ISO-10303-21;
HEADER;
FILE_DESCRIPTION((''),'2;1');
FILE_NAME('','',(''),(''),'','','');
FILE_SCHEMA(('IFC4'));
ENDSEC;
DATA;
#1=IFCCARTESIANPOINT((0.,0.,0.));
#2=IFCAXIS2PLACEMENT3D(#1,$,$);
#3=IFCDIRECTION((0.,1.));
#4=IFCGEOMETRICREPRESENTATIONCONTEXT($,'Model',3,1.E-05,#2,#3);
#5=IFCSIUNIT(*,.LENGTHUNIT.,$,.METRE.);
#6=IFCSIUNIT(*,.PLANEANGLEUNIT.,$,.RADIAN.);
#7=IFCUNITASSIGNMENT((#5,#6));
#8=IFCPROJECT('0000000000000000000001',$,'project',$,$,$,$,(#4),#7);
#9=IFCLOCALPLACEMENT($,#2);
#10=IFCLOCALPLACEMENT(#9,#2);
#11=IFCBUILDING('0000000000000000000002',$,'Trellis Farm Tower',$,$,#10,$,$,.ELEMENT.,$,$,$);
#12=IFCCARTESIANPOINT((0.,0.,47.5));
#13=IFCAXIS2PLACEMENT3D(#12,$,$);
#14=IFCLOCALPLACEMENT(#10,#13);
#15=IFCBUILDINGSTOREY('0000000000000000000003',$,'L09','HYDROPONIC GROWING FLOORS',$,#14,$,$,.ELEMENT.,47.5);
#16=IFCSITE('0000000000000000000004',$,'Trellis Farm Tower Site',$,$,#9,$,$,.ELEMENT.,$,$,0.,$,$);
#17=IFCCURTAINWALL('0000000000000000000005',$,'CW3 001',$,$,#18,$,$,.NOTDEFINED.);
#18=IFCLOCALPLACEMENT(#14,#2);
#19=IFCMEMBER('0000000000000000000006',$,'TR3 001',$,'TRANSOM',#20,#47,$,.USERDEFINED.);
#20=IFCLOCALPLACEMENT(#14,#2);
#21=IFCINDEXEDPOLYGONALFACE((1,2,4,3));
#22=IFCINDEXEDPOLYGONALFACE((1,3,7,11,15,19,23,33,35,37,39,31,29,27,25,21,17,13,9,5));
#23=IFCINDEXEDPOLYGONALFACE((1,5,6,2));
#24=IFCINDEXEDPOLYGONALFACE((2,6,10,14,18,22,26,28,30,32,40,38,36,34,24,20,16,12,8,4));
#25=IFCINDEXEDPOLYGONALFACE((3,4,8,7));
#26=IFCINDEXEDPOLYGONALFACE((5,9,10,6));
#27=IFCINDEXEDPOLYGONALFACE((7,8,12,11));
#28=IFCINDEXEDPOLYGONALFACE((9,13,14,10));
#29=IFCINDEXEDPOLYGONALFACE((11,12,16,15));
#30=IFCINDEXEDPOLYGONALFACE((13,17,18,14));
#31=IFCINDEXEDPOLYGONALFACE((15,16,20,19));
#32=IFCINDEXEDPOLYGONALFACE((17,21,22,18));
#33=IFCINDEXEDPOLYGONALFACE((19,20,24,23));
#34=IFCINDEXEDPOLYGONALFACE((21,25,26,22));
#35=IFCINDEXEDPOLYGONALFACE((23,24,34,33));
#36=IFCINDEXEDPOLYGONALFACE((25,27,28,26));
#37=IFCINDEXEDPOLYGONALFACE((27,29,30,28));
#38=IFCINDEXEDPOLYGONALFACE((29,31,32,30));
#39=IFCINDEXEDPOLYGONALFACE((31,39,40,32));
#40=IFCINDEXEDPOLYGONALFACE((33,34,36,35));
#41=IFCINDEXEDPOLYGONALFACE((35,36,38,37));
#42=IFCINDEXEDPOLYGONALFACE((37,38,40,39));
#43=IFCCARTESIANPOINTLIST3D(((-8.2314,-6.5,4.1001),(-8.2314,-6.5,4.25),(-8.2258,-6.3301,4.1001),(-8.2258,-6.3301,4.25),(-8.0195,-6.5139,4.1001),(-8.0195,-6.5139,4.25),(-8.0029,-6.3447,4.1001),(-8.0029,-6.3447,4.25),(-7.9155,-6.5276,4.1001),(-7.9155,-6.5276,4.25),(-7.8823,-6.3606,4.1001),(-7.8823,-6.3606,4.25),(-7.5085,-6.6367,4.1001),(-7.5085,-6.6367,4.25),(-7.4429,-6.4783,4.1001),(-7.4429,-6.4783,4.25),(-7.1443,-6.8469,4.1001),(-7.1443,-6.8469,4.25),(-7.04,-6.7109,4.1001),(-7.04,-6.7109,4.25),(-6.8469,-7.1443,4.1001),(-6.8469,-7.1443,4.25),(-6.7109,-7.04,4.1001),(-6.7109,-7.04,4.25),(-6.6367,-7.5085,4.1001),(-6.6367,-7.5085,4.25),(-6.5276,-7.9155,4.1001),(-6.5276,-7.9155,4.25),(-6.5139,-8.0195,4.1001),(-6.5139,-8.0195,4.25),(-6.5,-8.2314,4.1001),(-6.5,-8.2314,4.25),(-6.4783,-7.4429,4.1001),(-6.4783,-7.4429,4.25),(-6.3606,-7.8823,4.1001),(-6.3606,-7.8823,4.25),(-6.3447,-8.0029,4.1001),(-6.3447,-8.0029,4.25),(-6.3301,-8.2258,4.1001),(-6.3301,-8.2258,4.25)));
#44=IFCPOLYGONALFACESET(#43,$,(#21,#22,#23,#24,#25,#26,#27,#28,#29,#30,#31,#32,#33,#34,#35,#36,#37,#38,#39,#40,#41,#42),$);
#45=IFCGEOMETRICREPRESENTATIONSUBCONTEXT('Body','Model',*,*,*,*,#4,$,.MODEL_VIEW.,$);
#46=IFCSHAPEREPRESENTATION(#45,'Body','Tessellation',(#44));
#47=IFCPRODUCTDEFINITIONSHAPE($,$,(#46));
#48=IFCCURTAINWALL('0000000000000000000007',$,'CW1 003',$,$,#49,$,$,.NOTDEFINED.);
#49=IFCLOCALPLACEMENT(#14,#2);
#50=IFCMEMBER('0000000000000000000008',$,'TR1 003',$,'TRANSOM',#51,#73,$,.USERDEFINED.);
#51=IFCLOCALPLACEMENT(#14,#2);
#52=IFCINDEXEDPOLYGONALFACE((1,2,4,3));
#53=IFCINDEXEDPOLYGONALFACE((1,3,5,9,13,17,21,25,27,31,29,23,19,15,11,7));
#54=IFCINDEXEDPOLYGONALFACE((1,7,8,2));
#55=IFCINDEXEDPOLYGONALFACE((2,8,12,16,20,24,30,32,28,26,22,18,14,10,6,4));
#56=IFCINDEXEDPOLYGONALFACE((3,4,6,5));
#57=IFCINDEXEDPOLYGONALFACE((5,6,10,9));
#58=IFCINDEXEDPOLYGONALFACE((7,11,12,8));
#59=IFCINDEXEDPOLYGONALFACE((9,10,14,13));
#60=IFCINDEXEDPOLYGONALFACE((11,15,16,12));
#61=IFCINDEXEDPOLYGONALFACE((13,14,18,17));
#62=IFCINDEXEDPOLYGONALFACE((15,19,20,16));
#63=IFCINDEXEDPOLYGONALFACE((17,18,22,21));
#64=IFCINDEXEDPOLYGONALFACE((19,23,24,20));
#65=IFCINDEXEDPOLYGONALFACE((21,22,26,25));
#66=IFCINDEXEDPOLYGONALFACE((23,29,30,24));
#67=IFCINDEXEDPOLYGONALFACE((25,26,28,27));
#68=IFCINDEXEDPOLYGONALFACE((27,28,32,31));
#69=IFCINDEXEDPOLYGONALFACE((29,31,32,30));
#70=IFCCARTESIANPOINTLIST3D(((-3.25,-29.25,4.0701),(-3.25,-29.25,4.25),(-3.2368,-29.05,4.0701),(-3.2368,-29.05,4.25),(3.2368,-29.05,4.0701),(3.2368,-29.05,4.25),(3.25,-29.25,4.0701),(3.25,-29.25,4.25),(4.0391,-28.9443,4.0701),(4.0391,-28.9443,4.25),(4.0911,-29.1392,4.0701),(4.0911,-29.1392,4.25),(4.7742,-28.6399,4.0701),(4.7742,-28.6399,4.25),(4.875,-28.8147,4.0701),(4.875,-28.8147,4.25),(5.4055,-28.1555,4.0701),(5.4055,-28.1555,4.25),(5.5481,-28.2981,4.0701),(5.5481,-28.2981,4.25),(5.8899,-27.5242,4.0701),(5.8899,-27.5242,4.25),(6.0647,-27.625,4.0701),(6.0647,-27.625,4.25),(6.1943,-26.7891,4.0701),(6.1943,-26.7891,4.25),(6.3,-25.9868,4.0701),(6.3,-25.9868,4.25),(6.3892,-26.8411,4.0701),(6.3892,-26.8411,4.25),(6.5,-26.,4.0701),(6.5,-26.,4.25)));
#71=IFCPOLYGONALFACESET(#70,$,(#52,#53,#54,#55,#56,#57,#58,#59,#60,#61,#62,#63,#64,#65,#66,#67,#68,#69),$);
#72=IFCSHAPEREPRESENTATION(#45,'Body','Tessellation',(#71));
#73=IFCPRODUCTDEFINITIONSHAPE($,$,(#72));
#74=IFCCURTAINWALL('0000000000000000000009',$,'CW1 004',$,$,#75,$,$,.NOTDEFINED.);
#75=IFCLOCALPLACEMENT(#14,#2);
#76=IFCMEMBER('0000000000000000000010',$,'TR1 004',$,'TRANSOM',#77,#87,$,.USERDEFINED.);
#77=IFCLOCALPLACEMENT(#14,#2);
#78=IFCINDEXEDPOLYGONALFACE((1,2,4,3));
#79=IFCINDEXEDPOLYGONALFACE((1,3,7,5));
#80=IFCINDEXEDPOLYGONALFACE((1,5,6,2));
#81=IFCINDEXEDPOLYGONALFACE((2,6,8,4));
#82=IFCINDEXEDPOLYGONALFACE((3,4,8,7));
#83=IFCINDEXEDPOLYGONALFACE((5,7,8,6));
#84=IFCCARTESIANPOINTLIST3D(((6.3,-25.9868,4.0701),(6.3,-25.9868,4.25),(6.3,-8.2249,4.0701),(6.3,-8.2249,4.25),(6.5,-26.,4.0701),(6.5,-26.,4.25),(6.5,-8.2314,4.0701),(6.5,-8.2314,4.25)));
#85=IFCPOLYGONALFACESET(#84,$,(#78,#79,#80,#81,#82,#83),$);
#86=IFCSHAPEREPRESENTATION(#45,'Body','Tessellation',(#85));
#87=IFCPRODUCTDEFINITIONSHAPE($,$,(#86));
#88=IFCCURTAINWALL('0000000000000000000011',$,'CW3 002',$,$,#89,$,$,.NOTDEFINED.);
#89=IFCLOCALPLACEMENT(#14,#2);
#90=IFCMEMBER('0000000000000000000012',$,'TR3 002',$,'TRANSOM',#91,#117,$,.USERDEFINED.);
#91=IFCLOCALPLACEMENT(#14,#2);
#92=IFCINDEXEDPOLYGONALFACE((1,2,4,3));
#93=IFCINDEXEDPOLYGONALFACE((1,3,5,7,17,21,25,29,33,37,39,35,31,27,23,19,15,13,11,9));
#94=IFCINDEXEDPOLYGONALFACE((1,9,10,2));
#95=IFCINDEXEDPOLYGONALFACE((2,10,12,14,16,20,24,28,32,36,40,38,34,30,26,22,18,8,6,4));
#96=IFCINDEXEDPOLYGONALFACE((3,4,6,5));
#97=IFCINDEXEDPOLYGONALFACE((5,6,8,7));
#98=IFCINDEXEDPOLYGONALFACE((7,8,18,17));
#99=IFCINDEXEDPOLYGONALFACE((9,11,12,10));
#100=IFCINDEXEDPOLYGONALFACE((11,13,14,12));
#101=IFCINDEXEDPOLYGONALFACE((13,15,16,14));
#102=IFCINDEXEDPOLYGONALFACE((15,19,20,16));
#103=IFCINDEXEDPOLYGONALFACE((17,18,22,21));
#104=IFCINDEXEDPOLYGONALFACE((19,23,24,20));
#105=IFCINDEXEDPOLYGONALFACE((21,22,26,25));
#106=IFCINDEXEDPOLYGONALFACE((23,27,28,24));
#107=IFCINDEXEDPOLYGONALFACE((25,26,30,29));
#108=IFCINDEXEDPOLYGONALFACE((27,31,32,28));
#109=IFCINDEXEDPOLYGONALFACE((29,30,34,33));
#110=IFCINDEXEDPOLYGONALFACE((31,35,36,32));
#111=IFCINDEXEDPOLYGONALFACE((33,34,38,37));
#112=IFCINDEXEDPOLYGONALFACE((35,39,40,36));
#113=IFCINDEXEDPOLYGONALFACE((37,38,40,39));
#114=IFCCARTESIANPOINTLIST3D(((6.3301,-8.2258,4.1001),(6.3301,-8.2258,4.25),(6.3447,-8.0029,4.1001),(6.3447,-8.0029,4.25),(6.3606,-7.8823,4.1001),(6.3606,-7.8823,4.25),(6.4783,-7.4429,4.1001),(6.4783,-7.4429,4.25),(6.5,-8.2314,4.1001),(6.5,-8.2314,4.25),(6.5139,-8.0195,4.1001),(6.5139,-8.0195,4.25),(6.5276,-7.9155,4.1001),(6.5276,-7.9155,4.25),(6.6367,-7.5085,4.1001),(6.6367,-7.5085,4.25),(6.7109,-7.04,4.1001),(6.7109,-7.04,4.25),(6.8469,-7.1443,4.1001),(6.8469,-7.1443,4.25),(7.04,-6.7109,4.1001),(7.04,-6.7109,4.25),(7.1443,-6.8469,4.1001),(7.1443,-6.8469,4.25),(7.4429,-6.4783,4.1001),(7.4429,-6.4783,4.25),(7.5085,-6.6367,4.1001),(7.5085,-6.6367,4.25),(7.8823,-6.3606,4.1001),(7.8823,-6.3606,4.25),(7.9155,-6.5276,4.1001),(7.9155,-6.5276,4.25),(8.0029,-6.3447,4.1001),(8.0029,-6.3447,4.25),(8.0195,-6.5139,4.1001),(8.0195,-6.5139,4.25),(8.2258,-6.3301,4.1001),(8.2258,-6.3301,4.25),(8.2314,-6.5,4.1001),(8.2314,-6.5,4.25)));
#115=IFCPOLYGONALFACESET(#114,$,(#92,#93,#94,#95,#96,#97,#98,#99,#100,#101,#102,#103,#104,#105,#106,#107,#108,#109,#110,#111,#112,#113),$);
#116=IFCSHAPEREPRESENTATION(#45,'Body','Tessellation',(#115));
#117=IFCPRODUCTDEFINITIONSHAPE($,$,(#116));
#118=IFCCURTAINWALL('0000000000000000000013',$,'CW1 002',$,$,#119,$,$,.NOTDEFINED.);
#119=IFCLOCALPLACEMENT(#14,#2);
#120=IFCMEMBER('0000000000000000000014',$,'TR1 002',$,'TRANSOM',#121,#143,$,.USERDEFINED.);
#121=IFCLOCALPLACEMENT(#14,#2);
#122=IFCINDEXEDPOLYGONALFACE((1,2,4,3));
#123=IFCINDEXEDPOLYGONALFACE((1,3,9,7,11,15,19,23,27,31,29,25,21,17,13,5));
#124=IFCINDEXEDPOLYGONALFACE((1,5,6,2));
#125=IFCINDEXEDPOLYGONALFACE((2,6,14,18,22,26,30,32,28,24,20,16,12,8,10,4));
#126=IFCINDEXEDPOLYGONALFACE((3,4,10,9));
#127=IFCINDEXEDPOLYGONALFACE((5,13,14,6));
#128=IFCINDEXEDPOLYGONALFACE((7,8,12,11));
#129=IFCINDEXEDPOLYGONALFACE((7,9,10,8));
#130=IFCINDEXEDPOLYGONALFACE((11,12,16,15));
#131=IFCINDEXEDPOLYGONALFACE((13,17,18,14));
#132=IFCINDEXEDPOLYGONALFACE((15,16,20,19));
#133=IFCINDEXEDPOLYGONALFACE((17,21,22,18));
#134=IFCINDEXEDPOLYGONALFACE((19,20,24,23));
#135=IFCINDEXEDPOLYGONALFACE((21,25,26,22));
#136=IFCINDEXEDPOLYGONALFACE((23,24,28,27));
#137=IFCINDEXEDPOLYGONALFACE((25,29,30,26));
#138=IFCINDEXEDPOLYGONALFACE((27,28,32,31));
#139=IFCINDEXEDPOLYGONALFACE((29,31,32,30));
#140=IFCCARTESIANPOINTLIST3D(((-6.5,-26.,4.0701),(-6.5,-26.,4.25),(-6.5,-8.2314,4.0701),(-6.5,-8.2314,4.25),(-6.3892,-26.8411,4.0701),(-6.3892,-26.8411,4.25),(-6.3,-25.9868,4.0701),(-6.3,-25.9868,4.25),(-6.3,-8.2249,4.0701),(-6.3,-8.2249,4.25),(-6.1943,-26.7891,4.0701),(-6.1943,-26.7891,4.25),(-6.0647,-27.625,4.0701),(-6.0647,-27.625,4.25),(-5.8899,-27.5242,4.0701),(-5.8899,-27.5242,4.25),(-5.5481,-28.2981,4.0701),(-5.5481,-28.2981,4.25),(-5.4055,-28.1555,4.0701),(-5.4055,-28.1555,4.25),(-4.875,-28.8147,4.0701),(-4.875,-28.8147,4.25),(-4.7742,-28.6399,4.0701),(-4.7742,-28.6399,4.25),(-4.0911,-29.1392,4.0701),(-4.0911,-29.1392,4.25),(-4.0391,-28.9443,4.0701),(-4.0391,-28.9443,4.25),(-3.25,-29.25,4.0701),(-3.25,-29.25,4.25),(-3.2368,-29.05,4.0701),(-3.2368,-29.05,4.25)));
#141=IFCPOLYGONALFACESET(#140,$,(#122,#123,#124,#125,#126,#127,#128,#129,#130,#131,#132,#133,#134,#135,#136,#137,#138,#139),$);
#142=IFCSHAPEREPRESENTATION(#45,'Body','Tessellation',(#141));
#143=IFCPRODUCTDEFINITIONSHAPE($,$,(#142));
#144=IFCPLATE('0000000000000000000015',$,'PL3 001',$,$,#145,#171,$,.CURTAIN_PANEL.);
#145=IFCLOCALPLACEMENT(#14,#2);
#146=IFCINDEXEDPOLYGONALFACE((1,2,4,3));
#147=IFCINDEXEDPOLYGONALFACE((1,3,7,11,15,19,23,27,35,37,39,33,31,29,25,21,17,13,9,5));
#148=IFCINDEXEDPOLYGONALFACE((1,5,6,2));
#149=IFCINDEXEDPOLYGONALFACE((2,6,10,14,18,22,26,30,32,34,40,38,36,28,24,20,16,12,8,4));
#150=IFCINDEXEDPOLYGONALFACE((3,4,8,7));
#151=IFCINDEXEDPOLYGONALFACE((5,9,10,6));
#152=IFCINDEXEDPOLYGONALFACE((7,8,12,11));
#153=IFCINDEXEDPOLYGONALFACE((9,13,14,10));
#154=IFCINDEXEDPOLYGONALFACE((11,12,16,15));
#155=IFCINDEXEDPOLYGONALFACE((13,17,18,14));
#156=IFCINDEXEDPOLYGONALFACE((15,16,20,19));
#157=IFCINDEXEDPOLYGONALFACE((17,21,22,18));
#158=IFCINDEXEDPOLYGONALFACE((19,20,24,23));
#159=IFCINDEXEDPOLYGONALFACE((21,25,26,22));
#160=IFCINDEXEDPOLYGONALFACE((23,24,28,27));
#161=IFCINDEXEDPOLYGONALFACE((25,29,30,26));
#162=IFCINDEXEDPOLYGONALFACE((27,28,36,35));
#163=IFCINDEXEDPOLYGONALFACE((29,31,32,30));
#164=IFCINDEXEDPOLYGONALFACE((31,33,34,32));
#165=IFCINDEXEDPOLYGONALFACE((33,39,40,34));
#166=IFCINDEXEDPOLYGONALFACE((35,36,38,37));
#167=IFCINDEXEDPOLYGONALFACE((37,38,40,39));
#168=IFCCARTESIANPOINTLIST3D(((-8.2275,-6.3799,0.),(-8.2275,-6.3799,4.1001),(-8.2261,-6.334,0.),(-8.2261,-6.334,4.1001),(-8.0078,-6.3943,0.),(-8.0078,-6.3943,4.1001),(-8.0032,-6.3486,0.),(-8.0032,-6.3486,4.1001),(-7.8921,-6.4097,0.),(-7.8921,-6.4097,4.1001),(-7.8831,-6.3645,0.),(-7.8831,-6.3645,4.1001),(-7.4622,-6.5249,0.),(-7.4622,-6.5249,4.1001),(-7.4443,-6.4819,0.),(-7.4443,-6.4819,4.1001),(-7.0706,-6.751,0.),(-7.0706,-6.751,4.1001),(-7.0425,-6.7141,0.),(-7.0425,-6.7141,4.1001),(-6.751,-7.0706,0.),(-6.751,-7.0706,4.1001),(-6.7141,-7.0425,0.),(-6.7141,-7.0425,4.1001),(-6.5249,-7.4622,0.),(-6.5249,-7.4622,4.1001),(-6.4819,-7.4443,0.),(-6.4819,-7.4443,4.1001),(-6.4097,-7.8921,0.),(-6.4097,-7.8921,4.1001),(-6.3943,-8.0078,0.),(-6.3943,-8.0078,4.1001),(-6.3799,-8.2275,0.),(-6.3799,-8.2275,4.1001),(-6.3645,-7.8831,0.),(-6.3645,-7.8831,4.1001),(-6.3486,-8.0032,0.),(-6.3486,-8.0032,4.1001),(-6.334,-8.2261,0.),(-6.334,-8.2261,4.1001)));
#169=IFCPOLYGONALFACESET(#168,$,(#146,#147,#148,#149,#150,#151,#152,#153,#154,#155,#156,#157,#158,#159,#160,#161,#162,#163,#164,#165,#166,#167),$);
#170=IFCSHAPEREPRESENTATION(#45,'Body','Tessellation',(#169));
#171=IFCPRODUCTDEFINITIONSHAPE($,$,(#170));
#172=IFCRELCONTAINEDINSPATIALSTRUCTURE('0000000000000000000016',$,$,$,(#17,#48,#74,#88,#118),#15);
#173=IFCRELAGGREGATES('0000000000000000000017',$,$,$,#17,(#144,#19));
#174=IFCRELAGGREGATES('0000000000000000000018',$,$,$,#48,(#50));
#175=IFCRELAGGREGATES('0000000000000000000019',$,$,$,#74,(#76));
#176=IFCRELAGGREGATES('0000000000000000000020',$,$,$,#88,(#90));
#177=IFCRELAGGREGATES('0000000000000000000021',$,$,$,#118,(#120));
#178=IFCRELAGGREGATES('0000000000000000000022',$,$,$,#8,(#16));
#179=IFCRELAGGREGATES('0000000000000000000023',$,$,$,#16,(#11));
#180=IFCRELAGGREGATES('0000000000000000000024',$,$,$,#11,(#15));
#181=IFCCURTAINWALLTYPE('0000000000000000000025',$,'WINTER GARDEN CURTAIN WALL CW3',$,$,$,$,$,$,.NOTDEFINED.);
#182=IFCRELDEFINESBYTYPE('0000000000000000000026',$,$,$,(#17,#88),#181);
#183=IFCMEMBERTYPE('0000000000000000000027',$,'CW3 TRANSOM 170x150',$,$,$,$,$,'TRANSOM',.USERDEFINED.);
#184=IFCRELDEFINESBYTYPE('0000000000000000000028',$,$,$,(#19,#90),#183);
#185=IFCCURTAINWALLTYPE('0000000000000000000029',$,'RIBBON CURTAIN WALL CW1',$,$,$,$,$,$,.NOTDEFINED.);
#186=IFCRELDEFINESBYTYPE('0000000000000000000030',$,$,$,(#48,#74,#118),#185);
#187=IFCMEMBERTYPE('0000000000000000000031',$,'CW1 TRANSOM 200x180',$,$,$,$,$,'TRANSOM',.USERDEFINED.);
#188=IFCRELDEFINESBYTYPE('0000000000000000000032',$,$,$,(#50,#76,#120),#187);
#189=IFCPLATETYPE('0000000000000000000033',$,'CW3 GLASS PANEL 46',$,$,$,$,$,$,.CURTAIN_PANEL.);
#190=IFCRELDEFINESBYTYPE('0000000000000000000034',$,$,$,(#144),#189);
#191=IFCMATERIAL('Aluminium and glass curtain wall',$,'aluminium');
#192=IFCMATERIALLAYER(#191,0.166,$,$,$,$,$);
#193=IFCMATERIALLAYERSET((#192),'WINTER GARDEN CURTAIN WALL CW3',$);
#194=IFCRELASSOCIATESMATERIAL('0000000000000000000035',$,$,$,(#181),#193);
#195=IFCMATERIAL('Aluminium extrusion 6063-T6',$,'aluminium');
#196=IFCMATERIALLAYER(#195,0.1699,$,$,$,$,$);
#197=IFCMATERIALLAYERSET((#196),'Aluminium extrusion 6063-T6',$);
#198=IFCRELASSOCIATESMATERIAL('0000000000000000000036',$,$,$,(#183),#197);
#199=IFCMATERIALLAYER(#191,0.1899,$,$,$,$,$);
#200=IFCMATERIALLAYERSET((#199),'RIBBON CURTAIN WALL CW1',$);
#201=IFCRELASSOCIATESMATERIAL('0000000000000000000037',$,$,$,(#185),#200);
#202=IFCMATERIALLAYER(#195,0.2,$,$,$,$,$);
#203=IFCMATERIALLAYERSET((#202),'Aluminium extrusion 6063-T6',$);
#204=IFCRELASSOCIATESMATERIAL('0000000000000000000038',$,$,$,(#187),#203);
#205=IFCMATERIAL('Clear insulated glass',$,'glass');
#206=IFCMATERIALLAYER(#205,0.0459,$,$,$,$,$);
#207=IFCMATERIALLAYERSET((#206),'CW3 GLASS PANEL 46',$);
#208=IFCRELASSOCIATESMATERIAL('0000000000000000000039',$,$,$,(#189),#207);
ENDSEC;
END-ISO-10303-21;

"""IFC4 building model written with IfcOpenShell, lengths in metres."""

from ifc_helpers import new_model, si_unit, direction, frame, origin, place, context, subcontext, project, spatial, polyline, outline, extrude, source, transform, mapped, material, layer, layer_set, type_object, element, aggregate, save


model = new_model("IFC4")

# Units and contexts
model_context = context("Model", 3, precision=1e-05, world=origin(), true_north=direction((0.0, 1.0)))
body_context = subcontext(model_context, "Body", "Model", "MODEL_VIEW")
ifc_project = project(units=[si_unit("LENGTHUNIT", "METRE"), si_unit("PLANEANGLEUNIT", "RADIAN")], contexts=[model_context])

# Site, building, storey
site_placement = place(None, origin())
site = spatial("IfcSite", under=ifc_project, at=site_placement, Name="Trellis Farm Tower Site", CompositionType="ELEMENT", RefElevation=0.0)
building_placement = place(site_placement, origin())
building = spatial("IfcBuilding", under=site, at=building_placement, Name="Trellis Farm Tower", CompositionType="ELEMENT")
storey_placement = place(building_placement, frame((0.0, 0.0, 47.5)))
storey = spatial("IfcBuildingStorey", under=building, at=storey_placement, Name="L09", Description="HYDROPONIC GROWING FLOORS", CompositionType="ELEMENT", Elevation=47.5)

# Curtain walls, members
ifc_material_1 = material(Name="Aluminium and glass curtain wall", Category="aluminium")
ifc_layer_1 = layer(ifc_material_1, 0.166)
ifc_layer_set_1 = layer_set([ifc_layer_1], Name="WINTER GARDEN CURTAIN WALL CW3")
curtain_wall_type_1 = type_object("IfcCurtainWallType", Name="WINTER GARDEN CURTAIN WALL CW3", PredefinedType="NOTDEFINED", material=ifc_layer_set_1)
placement_1 = place(storey_placement, origin())
curtain_wall_1 = element("IfcCurtainWall", 1, at=placement_1, inside=storey, type_object=curtain_wall_type_1, Name="CW3 001", PredefinedType="NOTDEFINED")
ifc_material_2 = material(Name="Aluminium extrusion 6063-T6", Category="aluminium")
ifc_layer_2 = layer(ifc_material_2, 0.1699)
ifc_layer_set_2 = layer_set([ifc_layer_2], Name="Aluminium extrusion 6063-T6")
member_type_1 = type_object("IfcMemberType", Name="CW3 TRANSOM 170x150", ElementType="TRANSOM", PredefinedType="USERDEFINED", material=ifc_layer_set_2)
shared_shape_1 = source(origin(), body_context, "Body", "SweptSolid", [
    extrude(outline(polyline([(-8.2314, -6.5), (-8.0195, -6.5139), (-7.9155, -6.5276), (-7.5085, -6.6367), (-7.1443, -6.8469), (-6.8469, -7.1443), (-6.6367, -7.5085), (-6.5276, -7.9155), (-6.5139, -8.0195), (-6.5, -8.2314), (-6.3301, -8.2258), (-6.3447, -8.0029), (-6.3606, -7.8823), (-6.4783, -7.4429), (-6.7109, -7.04), (-7.04, -6.7109), (-7.4429, -6.4783), (-7.8823, -6.3606), (-8.0029, -6.3447), (-8.2258, -6.3301), (-8.2314, -6.5)])), origin(), (0.0, 0.0, 1.0), 0.1499),
])
placement_2 = place(storey_placement, frame((0.0, 0.0, 4.1001)))
member_1 = element("IfcMember", 2, at=placement_2, type_object=member_type_1, Name="TR3 001", ObjectType="TRANSOM", PredefinedType="USERDEFINED", context=body_context, shape_type="MappedRepresentation", body=[
    mapped(shared_shape_1, transform((0.0, 0.0, 0.0))),
])
ifc_layer_3 = layer(ifc_material_1, 0.1899)
ifc_layer_set_3 = layer_set([ifc_layer_3], Name="RIBBON CURTAIN WALL CW1")
curtain_wall_type_2 = type_object("IfcCurtainWallType", Name="RIBBON CURTAIN WALL CW1", PredefinedType="NOTDEFINED", material=ifc_layer_set_3)
curtain_wall_2 = element("IfcCurtainWall", 3, at=placement_1, inside=storey, type_object=curtain_wall_type_2, Name="CW1 003", PredefinedType="NOTDEFINED")
ifc_layer_4 = layer(ifc_material_2, 0.2)
ifc_layer_set_4 = layer_set([ifc_layer_4], Name="Aluminium extrusion 6063-T6")
member_type_2 = type_object("IfcMemberType", Name="CW1 TRANSOM 200x180", ElementType="TRANSOM", PredefinedType="USERDEFINED", material=ifc_layer_set_4)
shared_shape_2 = source(origin(), body_context, "Body", "SweptSolid", [
    extrude(outline(polyline([(-3.25, -29.25), (3.25, -29.25), (4.0911, -29.1392), (4.875, -28.8147), (5.5481, -28.2981), (6.0647, -27.625), (6.3892, -26.8411), (6.5, -26.0), (6.3, -25.9868), (6.1943, -26.7891), (5.8899, -27.5242), (5.4055, -28.1555), (4.7742, -28.6399), (4.0391, -28.9443), (3.2368, -29.05), (-3.2368, -29.05), (-3.25, -29.25)])), origin(), (0.0, 0.0, 1.0), 0.1799),
])
placement_3 = place(storey_placement, frame((0.0, 0.0, 4.0701)))
member_2 = element("IfcMember", 4, at=placement_3, type_object=member_type_2, Name="TR1 003", ObjectType="TRANSOM", PredefinedType="USERDEFINED", context=body_context, shape_type="MappedRepresentation", body=[
    mapped(shared_shape_2, transform((0.0, 0.0, 0.0))),
])
curtain_wall_3 = element("IfcCurtainWall", 5, at=placement_1, inside=storey, type_object=curtain_wall_type_2, Name="CW1 004", PredefinedType="NOTDEFINED")
shared_shape_3 = source(origin(), body_context, "Body", "SweptSolid", [
    extrude(outline(polyline([(6.5, -26.0), (6.5, -8.2314), (6.3, -8.2249), (6.3, -25.9868), (6.5, -26.0)])), origin(), (0.0, 0.0, 1.0), 0.1799),
])
member_3 = element("IfcMember", 6, at=placement_3, type_object=member_type_2, Name="TR1 004", ObjectType="TRANSOM", PredefinedType="USERDEFINED", context=body_context, shape_type="MappedRepresentation", body=[
    mapped(shared_shape_3, transform((0.0, 0.0, 0.0))),
])
curtain_wall_4 = element("IfcCurtainWall", 7, at=placement_1, inside=storey, type_object=curtain_wall_type_1, Name="CW3 002", PredefinedType="NOTDEFINED")
shared_shape_4 = source(origin(), body_context, "Body", "SweptSolid", [
    extrude(outline(polyline([(6.5, -8.2314), (6.5139, -8.0195), (6.5276, -7.9155), (6.6367, -7.5085), (6.8469, -7.1443), (7.1443, -6.8469), (7.5085, -6.6367), (7.9155, -6.5276), (8.0195, -6.5139), (8.2314, -6.5), (8.2258, -6.3301), (8.0029, -6.3447), (7.8823, -6.3606), (7.4429, -6.4783), (7.04, -6.7109), (6.7109, -7.04), (6.4783, -7.4429), (6.3606, -7.8823), (6.3447, -8.0029), (6.3301, -8.2258), (6.5, -8.2314)])), origin(), (0.0, 0.0, 1.0), 0.1499),
])
member_4 = element("IfcMember", 8, at=placement_2, type_object=member_type_1, Name="TR3 002", ObjectType="TRANSOM", PredefinedType="USERDEFINED", context=body_context, shape_type="MappedRepresentation", body=[
    mapped(shared_shape_4, transform((0.0, 0.0, 0.0))),
])
curtain_wall_5 = element("IfcCurtainWall", 9, at=placement_1, inside=storey, type_object=curtain_wall_type_2, Name="CW1 002", PredefinedType="NOTDEFINED")
shared_shape_5 = source(origin(), body_context, "Body", "SweptSolid", [
    extrude(outline(polyline([(-6.5, -8.2314), (-6.5, -26.0), (-6.3892, -26.8411), (-6.0647, -27.625), (-5.5481, -28.2981), (-4.875, -28.8147), (-4.0911, -29.1392), (-3.25, -29.25), (-3.2368, -29.05), (-4.0391, -28.9443), (-4.7742, -28.6399), (-5.4055, -28.1555), (-5.8899, -27.5242), (-6.1943, -26.7891), (-6.3, -25.9868), (-6.3, -8.2249), (-6.5, -8.2314)])), origin(), (0.0, 0.0, 1.0), 0.1799),
])
member_5 = element("IfcMember", 10, at=placement_3, type_object=member_type_2, Name="TR1 002", ObjectType="TRANSOM", PredefinedType="USERDEFINED", context=body_context, shape_type="MappedRepresentation", body=[
    mapped(shared_shape_5, transform((0.0, 0.0, 0.0))),
])

# Plate
ifc_material_3 = material(Name="Clear insulated glass", Category="glass")
ifc_layer_5 = layer(ifc_material_3, 0.0459)
ifc_layer_set_5 = layer_set([ifc_layer_5], Name="CW3 GLASS PANEL 46")
plate_type_1 = type_object("IfcPlateType", Name="CW3 GLASS PANEL 46", PredefinedType="CURTAIN_PANEL", material=ifc_layer_set_5)
shared_shape_6 = source(origin(), body_context, "Body", "SweptSolid", [
    extrude(outline(polyline([(-8.2275, -6.3799), (-8.0078, -6.3943), (-7.8921, -6.4097), (-7.4622, -6.5249), (-7.0706, -6.751), (-6.751, -7.0706), (-6.5249, -7.4622), (-6.4097, -7.8921), (-6.3943, -8.0078), (-6.3799, -8.2275), (-6.334, -8.2261), (-6.3486, -8.0032), (-6.3645, -7.8831), (-6.4819, -7.4443), (-6.7141, -7.0425), (-7.0425, -6.7141), (-7.4443, -6.4819), (-7.8831, -6.3645), (-8.0032, -6.3486), (-8.2261, -6.334), (-8.2275, -6.3799)])), origin(), (0.0, 0.0, 1.0), 4.1001),
])
plate_1 = element("IfcPlate", 11, at=placement_1, type_object=plate_type_1, Name="PL3 001", PredefinedType="CURTAIN_PANEL", context=body_context, shape_type="MappedRepresentation", body=[
    mapped(shared_shape_6, transform((0.0, 0.0, 0.0))),
])
aggregate(curtain_wall_1, [plate_1, member_1])
aggregate(curtain_wall_2, [member_2])
aggregate(curtain_wall_3, [member_3])
aggregate(curtain_wall_4, [member_4])

aggregate(curtain_wall_5, [member_5])

save(model, "model.ifc")
